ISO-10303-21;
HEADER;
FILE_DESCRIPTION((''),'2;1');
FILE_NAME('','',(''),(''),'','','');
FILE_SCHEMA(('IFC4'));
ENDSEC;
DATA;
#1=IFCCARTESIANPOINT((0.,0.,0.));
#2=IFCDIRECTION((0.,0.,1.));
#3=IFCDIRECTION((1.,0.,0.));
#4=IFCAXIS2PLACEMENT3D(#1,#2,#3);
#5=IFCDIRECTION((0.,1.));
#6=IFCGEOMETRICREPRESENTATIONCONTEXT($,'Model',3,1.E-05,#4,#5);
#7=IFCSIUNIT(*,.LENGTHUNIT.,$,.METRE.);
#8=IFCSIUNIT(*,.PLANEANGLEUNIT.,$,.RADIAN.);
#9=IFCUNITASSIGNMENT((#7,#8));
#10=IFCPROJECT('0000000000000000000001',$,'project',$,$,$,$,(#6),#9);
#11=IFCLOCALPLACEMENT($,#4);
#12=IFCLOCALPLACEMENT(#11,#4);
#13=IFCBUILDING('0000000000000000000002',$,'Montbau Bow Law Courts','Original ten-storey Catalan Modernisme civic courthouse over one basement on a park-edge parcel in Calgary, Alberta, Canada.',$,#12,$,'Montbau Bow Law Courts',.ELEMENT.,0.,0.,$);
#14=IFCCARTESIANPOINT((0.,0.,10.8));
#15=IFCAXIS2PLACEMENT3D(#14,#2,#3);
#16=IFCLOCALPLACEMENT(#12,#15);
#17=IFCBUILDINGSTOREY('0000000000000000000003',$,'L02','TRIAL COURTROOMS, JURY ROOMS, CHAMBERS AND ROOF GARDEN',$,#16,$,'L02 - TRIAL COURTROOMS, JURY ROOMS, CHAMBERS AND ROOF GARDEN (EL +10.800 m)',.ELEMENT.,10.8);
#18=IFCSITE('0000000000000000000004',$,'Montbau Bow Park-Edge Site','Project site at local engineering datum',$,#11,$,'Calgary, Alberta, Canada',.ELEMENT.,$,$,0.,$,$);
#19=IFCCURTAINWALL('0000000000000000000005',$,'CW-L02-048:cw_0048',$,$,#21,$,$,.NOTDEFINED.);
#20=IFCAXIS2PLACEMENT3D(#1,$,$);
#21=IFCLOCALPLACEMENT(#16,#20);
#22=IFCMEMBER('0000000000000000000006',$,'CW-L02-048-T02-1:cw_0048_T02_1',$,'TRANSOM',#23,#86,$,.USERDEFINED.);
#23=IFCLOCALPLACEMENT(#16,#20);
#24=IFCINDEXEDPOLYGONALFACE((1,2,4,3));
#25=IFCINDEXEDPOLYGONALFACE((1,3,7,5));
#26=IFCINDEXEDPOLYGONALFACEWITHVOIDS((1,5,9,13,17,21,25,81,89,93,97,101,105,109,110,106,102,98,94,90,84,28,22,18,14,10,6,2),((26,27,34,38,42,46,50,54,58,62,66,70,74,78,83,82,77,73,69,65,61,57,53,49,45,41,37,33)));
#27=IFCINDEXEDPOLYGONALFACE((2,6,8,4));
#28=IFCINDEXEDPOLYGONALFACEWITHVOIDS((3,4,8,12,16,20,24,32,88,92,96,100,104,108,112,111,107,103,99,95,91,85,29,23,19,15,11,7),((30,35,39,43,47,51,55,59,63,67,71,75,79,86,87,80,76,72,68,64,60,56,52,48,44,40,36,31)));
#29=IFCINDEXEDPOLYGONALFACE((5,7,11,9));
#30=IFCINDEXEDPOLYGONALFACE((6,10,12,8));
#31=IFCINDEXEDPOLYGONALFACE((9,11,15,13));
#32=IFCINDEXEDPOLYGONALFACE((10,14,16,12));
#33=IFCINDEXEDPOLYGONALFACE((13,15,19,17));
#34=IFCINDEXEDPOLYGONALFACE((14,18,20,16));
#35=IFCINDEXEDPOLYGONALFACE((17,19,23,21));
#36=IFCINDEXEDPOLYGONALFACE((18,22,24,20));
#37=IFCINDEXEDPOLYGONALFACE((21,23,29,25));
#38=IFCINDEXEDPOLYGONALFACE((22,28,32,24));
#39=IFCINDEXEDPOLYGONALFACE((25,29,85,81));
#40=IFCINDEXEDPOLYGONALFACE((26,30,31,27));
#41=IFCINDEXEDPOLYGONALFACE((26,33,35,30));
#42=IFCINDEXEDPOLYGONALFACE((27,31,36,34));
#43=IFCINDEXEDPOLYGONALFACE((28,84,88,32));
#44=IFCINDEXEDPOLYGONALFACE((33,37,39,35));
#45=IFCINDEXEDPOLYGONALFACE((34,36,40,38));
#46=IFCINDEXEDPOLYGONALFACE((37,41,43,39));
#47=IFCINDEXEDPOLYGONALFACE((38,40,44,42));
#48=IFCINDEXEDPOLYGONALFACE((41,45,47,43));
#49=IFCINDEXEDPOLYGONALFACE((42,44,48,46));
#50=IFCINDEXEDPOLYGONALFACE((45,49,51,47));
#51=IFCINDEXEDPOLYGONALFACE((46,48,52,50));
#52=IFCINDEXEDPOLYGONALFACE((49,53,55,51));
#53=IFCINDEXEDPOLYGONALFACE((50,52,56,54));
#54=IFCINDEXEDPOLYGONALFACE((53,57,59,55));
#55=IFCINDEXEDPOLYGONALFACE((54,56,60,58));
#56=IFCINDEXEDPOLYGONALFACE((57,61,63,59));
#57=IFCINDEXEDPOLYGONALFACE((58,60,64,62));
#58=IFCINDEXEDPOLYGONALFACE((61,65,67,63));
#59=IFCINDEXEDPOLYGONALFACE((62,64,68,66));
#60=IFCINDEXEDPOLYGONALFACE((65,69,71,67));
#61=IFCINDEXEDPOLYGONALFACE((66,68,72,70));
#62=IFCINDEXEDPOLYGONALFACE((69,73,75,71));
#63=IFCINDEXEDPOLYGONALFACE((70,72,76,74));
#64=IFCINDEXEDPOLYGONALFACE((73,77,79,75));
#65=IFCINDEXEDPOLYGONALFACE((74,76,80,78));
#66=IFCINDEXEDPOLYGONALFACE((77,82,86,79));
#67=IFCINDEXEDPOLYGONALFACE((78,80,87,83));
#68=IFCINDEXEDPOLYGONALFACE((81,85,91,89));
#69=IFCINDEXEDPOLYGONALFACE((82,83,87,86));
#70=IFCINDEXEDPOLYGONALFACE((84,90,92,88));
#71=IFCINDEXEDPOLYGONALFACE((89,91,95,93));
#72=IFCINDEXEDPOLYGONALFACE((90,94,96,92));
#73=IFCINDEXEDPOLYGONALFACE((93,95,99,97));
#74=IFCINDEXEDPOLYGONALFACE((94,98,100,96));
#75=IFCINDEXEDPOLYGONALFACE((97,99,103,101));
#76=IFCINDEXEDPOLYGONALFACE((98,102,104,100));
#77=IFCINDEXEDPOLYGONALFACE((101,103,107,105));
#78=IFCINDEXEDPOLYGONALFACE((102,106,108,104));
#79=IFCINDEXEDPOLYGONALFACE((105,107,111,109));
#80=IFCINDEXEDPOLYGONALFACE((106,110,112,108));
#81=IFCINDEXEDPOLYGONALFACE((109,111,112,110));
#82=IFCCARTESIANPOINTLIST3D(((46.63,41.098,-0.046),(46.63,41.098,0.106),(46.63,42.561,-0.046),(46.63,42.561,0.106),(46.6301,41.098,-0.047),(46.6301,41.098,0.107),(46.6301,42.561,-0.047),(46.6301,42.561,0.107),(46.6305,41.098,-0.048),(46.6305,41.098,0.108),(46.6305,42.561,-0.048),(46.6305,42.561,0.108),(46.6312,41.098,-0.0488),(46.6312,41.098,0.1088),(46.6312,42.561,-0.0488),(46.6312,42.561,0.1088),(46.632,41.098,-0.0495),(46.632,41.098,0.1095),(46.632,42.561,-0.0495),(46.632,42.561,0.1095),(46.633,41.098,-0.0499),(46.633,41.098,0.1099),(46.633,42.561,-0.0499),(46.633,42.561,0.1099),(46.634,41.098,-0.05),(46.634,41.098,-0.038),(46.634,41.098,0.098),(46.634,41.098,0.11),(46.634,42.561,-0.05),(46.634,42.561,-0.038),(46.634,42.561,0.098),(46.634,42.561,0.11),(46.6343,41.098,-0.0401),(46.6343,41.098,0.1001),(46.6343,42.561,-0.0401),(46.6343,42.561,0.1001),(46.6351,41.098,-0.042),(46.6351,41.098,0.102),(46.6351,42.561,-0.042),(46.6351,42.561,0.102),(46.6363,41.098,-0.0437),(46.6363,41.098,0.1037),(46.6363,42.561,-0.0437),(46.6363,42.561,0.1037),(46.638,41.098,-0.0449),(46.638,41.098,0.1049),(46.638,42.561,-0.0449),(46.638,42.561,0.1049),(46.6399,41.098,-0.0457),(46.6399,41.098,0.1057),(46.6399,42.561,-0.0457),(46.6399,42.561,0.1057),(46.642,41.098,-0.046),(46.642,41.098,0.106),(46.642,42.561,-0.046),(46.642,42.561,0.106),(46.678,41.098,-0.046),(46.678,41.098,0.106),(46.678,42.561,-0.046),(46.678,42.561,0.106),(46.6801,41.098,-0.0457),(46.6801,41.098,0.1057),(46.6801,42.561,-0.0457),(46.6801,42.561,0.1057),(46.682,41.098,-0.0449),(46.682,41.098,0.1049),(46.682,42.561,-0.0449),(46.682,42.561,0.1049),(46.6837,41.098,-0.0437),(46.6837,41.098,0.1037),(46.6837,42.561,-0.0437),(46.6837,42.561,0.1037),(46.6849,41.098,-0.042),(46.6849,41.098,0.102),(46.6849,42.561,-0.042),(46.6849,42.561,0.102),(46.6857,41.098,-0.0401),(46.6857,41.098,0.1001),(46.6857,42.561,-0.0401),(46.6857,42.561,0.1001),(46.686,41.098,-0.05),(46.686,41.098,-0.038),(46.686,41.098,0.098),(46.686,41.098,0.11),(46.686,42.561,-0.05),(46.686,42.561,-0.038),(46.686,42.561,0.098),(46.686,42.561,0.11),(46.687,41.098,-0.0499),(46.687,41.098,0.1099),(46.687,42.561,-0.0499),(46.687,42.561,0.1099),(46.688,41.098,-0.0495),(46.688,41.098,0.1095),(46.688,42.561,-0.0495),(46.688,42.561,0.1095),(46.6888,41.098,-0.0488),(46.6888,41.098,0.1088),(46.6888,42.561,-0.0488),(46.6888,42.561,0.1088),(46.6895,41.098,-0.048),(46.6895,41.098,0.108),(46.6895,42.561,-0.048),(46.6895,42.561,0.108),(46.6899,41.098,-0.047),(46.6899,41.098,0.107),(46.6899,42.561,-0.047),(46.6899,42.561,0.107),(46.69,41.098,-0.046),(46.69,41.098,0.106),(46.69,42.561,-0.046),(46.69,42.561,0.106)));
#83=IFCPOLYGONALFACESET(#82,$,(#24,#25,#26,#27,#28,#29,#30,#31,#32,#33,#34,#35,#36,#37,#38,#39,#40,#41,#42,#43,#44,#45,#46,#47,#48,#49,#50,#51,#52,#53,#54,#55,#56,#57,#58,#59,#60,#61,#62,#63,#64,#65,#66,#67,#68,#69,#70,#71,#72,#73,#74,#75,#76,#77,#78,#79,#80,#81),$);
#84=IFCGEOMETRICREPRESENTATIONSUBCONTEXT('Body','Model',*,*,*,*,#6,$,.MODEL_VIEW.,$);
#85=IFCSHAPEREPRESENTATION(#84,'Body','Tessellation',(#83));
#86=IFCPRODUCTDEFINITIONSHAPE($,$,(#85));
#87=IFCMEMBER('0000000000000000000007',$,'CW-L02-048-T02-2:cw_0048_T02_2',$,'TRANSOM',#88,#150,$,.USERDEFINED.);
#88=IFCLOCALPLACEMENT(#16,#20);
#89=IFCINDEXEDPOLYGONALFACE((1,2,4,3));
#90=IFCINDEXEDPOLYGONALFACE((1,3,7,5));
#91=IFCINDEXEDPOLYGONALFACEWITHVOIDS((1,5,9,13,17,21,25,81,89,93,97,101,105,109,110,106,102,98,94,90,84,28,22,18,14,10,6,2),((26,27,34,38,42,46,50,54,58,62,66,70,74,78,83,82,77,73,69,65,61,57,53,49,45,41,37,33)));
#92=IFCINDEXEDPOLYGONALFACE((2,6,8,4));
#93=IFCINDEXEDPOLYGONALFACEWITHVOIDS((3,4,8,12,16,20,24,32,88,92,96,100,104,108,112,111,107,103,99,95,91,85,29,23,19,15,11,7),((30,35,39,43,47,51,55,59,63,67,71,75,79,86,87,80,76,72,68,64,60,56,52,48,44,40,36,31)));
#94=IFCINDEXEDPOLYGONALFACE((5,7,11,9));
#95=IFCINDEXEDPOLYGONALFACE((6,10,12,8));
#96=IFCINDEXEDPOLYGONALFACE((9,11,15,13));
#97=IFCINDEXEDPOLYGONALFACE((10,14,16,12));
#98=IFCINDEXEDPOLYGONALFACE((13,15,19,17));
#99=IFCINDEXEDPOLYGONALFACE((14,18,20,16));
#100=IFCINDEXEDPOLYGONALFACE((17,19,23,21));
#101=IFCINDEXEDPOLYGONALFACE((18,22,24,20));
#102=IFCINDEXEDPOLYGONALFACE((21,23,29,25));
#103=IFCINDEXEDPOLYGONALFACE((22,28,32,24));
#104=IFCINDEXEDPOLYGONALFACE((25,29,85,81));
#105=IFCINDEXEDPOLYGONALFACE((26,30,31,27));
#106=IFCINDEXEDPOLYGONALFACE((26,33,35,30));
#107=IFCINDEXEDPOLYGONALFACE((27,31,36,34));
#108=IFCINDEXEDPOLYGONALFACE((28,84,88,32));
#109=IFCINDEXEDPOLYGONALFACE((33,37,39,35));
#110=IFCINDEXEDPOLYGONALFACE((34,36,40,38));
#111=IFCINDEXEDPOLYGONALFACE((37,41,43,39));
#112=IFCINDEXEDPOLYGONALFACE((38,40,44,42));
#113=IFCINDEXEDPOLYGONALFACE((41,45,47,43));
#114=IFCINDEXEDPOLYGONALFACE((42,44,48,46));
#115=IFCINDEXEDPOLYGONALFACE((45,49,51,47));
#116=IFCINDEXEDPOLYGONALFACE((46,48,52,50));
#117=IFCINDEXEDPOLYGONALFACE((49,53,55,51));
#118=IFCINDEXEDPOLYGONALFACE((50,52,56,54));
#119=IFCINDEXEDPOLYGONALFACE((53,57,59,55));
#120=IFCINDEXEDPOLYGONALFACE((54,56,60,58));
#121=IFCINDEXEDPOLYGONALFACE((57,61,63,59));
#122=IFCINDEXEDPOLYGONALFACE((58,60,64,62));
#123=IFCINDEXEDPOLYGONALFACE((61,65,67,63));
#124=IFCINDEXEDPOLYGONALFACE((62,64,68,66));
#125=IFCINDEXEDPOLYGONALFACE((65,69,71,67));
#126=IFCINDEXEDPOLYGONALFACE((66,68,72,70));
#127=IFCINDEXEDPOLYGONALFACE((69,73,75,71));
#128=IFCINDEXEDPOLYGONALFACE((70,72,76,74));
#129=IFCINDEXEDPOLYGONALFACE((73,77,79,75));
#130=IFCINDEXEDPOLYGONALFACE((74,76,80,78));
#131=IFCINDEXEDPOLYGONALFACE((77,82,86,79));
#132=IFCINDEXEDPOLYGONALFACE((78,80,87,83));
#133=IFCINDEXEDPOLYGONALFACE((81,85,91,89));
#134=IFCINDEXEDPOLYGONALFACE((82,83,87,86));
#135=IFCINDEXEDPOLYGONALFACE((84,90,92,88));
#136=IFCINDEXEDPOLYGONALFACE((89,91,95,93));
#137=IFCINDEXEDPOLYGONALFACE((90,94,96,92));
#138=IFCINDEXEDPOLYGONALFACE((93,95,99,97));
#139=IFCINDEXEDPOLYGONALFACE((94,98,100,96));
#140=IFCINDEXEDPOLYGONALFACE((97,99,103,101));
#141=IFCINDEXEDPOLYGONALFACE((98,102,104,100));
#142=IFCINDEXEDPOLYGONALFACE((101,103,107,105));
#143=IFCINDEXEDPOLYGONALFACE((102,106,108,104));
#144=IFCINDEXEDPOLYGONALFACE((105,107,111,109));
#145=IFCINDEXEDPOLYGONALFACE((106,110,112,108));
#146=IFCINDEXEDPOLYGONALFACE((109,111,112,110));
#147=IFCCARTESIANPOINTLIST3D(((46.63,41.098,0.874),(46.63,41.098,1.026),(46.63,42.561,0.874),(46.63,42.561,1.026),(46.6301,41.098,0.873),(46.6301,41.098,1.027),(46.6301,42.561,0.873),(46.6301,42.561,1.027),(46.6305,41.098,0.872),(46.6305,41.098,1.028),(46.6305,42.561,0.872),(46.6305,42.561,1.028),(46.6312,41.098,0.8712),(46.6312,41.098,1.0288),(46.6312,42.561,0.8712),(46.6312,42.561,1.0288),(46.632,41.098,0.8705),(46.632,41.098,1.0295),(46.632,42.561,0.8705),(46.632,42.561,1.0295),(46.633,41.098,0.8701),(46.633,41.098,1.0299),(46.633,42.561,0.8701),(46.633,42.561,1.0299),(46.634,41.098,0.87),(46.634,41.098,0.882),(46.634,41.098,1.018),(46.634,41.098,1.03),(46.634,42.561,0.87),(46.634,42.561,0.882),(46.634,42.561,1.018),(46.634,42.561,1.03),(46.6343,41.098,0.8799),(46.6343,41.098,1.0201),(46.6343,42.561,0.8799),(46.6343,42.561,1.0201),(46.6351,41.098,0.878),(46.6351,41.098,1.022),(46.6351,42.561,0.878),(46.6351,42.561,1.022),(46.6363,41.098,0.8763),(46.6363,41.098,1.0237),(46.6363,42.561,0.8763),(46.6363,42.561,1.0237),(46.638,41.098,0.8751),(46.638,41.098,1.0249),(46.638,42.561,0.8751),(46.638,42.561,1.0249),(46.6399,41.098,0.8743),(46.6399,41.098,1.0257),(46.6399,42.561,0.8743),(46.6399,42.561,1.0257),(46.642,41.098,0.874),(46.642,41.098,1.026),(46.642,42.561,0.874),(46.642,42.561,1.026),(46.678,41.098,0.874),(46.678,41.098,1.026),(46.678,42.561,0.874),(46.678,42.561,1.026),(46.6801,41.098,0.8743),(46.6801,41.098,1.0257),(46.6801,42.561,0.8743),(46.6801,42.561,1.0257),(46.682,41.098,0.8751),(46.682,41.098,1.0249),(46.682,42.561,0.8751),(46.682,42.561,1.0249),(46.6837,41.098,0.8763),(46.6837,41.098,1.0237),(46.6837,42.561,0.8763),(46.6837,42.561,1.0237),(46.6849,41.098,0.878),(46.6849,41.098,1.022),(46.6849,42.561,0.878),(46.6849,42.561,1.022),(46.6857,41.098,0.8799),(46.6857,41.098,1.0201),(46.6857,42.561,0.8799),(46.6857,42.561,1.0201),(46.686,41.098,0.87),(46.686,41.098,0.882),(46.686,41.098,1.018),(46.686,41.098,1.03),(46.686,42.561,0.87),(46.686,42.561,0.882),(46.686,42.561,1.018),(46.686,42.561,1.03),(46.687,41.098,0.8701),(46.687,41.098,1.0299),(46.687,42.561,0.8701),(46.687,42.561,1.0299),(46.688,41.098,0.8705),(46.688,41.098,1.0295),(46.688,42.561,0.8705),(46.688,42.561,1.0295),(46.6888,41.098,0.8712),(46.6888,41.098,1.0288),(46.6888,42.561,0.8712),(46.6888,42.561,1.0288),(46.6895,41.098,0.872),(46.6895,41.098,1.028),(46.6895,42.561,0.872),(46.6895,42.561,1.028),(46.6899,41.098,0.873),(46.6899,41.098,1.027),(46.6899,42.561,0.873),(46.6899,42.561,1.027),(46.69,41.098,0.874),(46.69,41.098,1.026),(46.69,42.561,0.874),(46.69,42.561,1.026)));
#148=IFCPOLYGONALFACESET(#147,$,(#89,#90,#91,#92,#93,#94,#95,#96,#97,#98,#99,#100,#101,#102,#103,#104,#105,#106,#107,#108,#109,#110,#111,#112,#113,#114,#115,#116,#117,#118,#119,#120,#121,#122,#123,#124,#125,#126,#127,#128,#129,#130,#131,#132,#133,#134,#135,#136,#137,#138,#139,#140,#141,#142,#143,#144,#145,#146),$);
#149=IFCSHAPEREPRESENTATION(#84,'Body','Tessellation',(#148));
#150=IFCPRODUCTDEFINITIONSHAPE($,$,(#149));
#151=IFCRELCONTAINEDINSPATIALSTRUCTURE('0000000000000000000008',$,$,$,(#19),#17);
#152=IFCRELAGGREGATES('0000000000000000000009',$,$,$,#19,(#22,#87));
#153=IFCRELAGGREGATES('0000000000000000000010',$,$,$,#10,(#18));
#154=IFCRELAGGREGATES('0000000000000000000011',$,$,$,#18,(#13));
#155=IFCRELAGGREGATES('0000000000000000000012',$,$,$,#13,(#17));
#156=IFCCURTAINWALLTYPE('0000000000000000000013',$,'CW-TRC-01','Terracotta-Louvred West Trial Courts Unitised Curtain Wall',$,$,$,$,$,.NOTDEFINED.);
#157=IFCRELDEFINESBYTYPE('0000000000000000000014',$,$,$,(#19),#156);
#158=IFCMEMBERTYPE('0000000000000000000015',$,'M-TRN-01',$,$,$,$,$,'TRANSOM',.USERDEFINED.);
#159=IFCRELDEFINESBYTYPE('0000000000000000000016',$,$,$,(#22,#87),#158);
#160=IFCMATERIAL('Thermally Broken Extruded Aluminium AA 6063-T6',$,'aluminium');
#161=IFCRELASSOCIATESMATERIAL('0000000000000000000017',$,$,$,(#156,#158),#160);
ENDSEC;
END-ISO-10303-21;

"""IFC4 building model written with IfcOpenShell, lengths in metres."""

from ifc_helpers import new_model, si_unit, direction, frame, origin_with_axes, origin_2d_with_axis, place, context, subcontext, project, spatial, hollow_rectangle, extrude, material, material_profile, profile_set, type_object, element, aggregate, save


model = new_model("IFC4")

# Units and contexts
model_context = context("Model", 3, precision=1e-05, world=origin_with_axes(), true_north=direction((0.0, 1.0)))
body_context = subcontext(model_context, "Body", "Model", "MODEL_VIEW")
ifc_project = project(units=[si_unit("LENGTHUNIT", "METRE"), si_unit("PLANEANGLEUNIT", "RADIAN")], contexts=[model_context])

# Site, building, storey
site_placement = place(None, origin_with_axes())
site = spatial("IfcSite", under=ifc_project, at=site_placement, Name="Montbau Bow Park-Edge Site", Description="Project site at local engineering datum", LongName="Calgary, Alberta, Canada", CompositionType="ELEMENT", RefElevation=0.0)
building_placement = place(site_placement, origin_with_axes())
building = spatial("IfcBuilding", under=site, at=building_placement, Name="Montbau Bow Law Courts", Description="Original ten-storey Catalan Modernisme civic courthouse over one basement on a park-edge parcel in Calgary, Alberta, Canada.", LongName="Montbau Bow Law Courts", CompositionType="ELEMENT", ElevationOfRefHeight=0.0, ElevationOfTerrain=0.0)
storey_placement = place(building_placement, frame((0.0, 0.0, 10.8), z_axis=(0.0, 0.0, 1.0), x_axis=(1.0, 0.0, 0.0)))
storey = spatial("IfcBuildingStorey", under=building, at=storey_placement, Name="L02", Description="TRIAL COURTROOMS, JURY ROOMS, CHAMBERS AND ROOF GARDEN", LongName="L02 - TRIAL COURTROOMS, JURY ROOMS, CHAMBERS AND ROOF GARDEN (EL +10.800 m)", CompositionType="ELEMENT", Elevation=10.8)

# Curtain wall
ifc_material_1 = material(Name="Thermally Broken Extruded Aluminium AA 6063-T6", Category="aluminium")
curtain_wall_type_1 = type_object("IfcCurtainWallType", Name="CW-TRC-01", Description="Terracotta-Louvred West Trial Courts Unitised Curtain Wall", PredefinedType="NOTDEFINED", material=ifc_material_1)
curtain_wall_1_placement = place(None, frame((46.66, 39.515, 10.8), z_axis=(0.0, 0.0, 1.0), x_axis=(1.0, 0.0, 0.0)))
curtain_wall_1 = element("IfcCurtainWall", 1, at=curtain_wall_1_placement, inside=storey, type_object=curtain_wall_type_1, Name="CW-L02-048:cw_0048", PredefinedType="NOTDEFINED")

# Members
ifc_material_profile_1 = material_profile(ifc_material_1, hollow_rectangle(XDim=0.06, YDim=0.16, WallThickness=0.004, InnerFilletRadius=0.008, OuterFilletRadius=0.004, at=origin_2d_with_axis()), Name="CWT-160X60", Category="Main", Priority=0)
ifc_profile_set_1 = profile_set([ifc_material_profile_1], Name="Thermally Broken Extruded Aluminium AA 6063-T6")
member_type_1 = type_object("IfcMemberType", Name="M-TRN-01", ElementType="TRANSOM", PredefinedType="USERDEFINED", material=ifc_profile_set_1)
member_1_placement = place(None, frame((46.66, 41.098, 10.83), z_axis=(0.0, 1.0, 0.0), x_axis=(-1.0, 0.0, 0.0)))
member_1 = element("IfcMember", 2, at=member_1_placement, type_object=member_type_1, Name="CW-L02-048-T02-1:cw_0048_T02_1", ObjectType="TRANSOM", PredefinedType="USERDEFINED", context=body_context, shape_type="SweptSolid", body=[
    extrude(hollow_rectangle(XDim=0.06, YDim=0.16, WallThickness=0.004, InnerFilletRadius=0.008, OuterFilletRadius=0.004, at=origin_2d_with_axis()), origin_with_axes(), (0.0, 0.0, 1.0), 1.463),
])
member_2_placement = place(None, frame((46.66, 41.098, 11.75), z_axis=(0.0, 1.0, 0.0), x_axis=(-1.0, 0.0, 0.0)))
member_2 = element("IfcMember", 3, at=member_2_placement, type_object=member_type_1, Name="CW-L02-048-T02-2:cw_0048_T02_2", ObjectType="TRANSOM", PredefinedType="USERDEFINED", context=body_context, shape_type="SweptSolid", body=[
    extrude(hollow_rectangle(XDim=0.06, YDim=0.16, WallThickness=0.004, InnerFilletRadius=0.008, OuterFilletRadius=0.004, at=origin_2d_with_axis()), origin_with_axes(), (0.0, 0.0, 1.0), 1.463),
])

aggregate(curtain_wall_1, [member_1, member_2])

save(model, "model.ifc")
